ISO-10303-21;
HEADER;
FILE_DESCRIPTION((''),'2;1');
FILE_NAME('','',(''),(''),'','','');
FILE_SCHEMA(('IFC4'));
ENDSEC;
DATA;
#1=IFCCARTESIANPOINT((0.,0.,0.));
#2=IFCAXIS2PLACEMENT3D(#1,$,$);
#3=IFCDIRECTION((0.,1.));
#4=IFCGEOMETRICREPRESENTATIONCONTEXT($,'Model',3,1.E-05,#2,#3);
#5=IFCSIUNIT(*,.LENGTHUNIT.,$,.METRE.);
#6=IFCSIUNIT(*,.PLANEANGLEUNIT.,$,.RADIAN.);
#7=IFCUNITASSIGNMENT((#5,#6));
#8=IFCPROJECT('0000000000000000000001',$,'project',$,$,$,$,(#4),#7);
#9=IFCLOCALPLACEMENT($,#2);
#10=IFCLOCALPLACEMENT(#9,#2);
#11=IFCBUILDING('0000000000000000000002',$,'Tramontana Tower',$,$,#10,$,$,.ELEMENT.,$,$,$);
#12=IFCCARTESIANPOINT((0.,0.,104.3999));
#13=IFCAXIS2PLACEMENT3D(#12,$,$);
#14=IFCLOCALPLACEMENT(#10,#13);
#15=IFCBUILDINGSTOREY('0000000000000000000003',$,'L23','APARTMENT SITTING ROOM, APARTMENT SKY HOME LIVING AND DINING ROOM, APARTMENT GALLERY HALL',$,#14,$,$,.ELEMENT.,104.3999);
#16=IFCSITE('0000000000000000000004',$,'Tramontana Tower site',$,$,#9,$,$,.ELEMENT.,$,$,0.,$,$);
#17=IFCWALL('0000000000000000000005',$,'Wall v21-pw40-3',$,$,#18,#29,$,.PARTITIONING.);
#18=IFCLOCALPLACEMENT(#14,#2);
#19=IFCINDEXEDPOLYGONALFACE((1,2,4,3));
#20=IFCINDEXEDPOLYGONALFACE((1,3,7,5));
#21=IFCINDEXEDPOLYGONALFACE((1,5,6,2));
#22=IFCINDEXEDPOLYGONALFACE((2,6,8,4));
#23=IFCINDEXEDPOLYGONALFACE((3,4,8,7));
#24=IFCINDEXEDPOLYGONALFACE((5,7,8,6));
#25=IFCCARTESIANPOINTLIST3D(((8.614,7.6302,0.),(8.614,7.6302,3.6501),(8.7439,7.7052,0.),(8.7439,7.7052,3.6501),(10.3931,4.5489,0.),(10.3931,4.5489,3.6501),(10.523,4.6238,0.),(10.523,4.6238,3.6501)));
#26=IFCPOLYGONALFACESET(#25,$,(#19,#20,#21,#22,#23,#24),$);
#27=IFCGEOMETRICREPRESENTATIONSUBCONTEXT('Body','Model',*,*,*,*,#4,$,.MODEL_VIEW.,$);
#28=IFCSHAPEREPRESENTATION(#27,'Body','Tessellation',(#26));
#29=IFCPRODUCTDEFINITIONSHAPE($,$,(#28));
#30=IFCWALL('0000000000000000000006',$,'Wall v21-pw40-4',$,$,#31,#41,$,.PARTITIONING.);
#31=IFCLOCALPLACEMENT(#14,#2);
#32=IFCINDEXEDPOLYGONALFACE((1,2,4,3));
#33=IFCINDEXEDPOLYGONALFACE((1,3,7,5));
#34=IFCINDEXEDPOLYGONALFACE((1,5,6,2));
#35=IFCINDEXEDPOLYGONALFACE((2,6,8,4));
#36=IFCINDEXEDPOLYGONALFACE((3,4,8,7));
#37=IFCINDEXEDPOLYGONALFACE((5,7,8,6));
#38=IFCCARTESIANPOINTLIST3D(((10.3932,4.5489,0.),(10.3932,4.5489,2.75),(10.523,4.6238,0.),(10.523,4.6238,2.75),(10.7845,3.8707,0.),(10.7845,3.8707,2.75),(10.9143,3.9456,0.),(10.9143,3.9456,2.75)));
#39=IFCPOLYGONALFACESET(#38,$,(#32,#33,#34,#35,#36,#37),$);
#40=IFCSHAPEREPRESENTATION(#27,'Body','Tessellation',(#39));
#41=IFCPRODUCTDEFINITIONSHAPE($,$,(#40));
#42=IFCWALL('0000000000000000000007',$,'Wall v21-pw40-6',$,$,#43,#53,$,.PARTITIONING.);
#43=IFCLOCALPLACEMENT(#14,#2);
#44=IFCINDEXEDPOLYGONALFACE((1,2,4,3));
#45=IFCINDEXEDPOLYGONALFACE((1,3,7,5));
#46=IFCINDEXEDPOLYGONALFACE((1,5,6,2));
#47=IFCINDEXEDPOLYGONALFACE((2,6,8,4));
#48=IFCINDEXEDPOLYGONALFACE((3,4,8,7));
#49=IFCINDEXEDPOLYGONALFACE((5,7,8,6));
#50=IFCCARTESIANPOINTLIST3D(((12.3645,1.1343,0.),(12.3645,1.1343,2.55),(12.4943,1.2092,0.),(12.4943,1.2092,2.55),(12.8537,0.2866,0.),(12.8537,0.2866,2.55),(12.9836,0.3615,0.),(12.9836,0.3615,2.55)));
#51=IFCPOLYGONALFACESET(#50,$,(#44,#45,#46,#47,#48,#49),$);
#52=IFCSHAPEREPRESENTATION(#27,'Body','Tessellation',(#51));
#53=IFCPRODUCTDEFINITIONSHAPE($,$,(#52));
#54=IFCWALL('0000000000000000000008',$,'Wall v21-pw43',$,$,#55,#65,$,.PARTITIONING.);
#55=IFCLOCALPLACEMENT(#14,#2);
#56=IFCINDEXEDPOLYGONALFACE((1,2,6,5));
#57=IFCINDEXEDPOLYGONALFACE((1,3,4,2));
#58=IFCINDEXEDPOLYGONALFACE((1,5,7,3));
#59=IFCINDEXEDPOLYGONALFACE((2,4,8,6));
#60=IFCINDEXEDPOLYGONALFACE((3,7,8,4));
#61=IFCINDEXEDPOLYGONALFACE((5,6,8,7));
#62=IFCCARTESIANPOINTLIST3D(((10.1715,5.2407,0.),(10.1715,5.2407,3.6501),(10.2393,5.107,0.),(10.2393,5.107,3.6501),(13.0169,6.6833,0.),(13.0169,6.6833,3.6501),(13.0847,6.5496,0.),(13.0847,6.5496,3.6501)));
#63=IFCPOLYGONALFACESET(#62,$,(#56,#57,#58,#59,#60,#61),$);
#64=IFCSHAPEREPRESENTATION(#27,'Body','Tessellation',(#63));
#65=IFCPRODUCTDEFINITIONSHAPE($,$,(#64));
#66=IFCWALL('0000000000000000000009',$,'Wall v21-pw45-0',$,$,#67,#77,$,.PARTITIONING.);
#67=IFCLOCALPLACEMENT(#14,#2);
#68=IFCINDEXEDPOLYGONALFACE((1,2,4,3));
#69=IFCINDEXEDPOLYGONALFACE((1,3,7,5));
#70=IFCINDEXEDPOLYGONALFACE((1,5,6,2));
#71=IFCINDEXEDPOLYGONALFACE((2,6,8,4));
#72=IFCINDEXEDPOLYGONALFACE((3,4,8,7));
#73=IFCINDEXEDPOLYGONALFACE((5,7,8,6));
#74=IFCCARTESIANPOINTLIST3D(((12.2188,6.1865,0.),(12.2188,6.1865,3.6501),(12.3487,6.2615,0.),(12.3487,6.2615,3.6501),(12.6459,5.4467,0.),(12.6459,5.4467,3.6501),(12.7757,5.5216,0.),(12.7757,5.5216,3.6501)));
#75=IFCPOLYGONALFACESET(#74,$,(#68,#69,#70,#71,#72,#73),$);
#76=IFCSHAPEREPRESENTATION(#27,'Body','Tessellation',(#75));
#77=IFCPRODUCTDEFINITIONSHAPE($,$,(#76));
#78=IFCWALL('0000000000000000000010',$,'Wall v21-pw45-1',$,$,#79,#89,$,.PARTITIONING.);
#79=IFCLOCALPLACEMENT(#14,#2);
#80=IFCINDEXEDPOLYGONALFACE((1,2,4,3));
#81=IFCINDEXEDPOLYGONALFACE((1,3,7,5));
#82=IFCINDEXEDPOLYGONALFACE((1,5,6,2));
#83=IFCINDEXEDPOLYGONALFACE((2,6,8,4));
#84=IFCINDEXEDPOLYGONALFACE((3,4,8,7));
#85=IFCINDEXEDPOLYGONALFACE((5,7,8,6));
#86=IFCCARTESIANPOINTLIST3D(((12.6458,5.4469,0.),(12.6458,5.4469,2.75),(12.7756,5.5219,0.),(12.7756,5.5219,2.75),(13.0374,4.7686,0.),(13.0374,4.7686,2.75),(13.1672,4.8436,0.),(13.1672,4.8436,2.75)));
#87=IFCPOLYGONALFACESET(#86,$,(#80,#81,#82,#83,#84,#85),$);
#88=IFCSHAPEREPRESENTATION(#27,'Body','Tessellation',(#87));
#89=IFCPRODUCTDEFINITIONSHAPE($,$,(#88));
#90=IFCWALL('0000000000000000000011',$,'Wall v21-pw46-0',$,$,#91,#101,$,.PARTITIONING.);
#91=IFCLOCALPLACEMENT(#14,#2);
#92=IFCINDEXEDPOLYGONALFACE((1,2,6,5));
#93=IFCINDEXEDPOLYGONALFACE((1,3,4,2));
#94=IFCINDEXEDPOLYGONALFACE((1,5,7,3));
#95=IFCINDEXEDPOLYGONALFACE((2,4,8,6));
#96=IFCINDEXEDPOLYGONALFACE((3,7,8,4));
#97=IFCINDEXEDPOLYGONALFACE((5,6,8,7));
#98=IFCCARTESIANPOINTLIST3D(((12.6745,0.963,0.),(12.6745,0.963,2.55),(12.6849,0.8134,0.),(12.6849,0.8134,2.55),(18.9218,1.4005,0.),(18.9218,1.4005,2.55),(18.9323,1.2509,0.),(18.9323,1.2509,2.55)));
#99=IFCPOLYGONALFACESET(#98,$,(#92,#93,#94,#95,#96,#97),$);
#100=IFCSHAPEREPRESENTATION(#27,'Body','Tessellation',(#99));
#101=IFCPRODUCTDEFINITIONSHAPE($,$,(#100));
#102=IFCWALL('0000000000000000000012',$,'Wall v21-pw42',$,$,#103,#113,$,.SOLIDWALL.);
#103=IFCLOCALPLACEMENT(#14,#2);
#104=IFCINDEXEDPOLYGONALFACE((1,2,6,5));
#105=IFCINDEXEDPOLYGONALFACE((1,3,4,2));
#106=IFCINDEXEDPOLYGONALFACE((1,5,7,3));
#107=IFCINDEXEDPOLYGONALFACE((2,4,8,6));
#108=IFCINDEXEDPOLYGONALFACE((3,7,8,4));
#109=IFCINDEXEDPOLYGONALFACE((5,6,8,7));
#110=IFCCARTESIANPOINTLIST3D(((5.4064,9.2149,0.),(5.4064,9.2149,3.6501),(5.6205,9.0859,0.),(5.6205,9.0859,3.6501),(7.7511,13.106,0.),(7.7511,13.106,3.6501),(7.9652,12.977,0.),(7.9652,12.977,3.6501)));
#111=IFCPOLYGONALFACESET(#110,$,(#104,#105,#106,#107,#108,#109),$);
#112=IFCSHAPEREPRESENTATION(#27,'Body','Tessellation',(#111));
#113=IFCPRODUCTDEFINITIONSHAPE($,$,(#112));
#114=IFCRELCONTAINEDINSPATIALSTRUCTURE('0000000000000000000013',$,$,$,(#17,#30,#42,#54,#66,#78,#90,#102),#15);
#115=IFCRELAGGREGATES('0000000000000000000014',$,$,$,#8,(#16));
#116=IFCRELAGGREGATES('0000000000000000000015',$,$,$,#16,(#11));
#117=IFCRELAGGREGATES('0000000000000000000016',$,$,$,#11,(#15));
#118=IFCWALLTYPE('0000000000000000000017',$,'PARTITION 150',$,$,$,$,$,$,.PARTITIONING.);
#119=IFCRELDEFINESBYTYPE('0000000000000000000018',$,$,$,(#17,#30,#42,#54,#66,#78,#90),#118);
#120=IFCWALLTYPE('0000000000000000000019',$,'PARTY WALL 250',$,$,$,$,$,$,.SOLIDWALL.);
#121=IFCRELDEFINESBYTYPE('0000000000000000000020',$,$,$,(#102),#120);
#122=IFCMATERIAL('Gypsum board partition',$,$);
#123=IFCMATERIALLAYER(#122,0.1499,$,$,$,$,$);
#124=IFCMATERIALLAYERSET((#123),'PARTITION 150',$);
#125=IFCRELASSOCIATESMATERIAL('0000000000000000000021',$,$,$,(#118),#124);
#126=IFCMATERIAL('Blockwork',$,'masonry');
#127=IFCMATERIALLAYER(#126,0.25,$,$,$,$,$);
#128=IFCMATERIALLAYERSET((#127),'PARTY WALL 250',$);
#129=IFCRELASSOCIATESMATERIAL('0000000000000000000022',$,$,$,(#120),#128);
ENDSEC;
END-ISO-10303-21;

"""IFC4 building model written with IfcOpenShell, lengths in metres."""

from ifc_helpers import new_model, si_unit, direction, frame, frame_2d, origin, place, context, subcontext, project, spatial, rectangle, extrude, material, layer, layer_set, type_object, element, save


model = new_model("IFC4")

# Units and contexts
model_context = context("Model", 3, precision=1e-05, world=origin(), true_north=direction((0.0, 1.0)))
body_context = subcontext(model_context, "Body", "Model", "MODEL_VIEW")
ifc_project = project(units=[si_unit("LENGTHUNIT", "METRE"), si_unit("PLANEANGLEUNIT", "RADIAN")], contexts=[model_context])

# Site, building, storey
site_placement = place(None, origin())
site = spatial("IfcSite", under=ifc_project, at=site_placement, Name="Tramontana Tower site", CompositionType="ELEMENT", RefElevation=0.0)
building_placement = place(site_placement, origin())
building = spatial("IfcBuilding", under=site, at=building_placement, Name="Tramontana Tower", CompositionType="ELEMENT")
storey_placement = place(building_placement, frame((0.0, 0.0, 104.3999)))
storey = spatial("IfcBuildingStorey", under=building, at=storey_placement, Name="L23", Description="APARTMENT SITTING ROOM, APARTMENT SKY HOME LIVING AND DINING ROOM, APARTMENT GALLERY HALL", CompositionType="ELEMENT", Elevation=104.3999)

# Shared definitions
ifc_material_1 = material(Name="Gypsum board partition")
ifc_layer_1 = layer(ifc_material_1, 0.1499)
ifc_layer_set_1 = layer_set([ifc_layer_1], Name="PARTITION 150")
wall_type_1 = type_object("IfcWallType", Name="PARTITION 150", PredefinedType="PARTITIONING", material=ifc_layer_set_1)

# Walls
wall_1_placement = place(storey_placement, frame((8.679, 7.6677, 0.0), z_axis=(0.0, 0.0, 1.0), x_axis=(0.500013, -0.866018, 0.0)))
element("IfcWall", 1, at=wall_1_placement, inside=storey, type_object=wall_type_1, Name="Wall v21-pw40-3", PredefinedType="PARTITIONING", context=body_context, shape_type="SweptSolid", body=[
    extrude(rectangle(XDim=3.5581, YDim=0.1499, at=frame_2d((1.7791, 0.0))), origin(), (0.0, 0.0, 1.0), 3.6501),
])
wall_2_placement = place(storey_placement, frame((10.458, 4.5864, 0.0), z_axis=(0.0, 0.0, 1.0), x_axis=(0.499794, -0.866144, 0.0)))
element("IfcWall", 2, at=wall_2_placement, inside=storey, type_object=wall_type_1, Name="Wall v21-pw40-4", PredefinedType="PARTITIONING", context=body_context, shape_type="SweptSolid", body=[
    extrude(rectangle(XDim=0.783, YDim=0.1499, at=frame_2d((0.3916, 0.0))), origin(), (0.0, 0.0, 1.0), 2.75),
])

# Walls
wall_3_placement = place(storey_placement, frame((12.4294, 1.1716, 0.0), z_axis=(0.0, 0.0, 1.0), x_axis=(0.499895, -0.866086, 0.0)))
element("IfcWall", 3, at=wall_3_placement, inside=storey, type_object=wall_type_1, Name="Wall v21-pw40-6", PredefinedType="PARTITIONING", context=body_context, shape_type="SweptSolid", body=[
    extrude(rectangle(XDim=0.9788, YDim=0.1499, at=frame_2d((0.4893, 0.0))), origin(), (0.0, 0.0, 1.0), 2.55),
])
wall_4_placement = place(storey_placement, frame((10.2053, 5.1738, 0.0), z_axis=(0.0, 0.0, 1.0), x_axis=(0.891919, 0.452196, 0.0)))
element("IfcWall", 4, at=wall_4_placement, inside=storey, type_object=wall_type_1, Name="Wall v21-pw43", PredefinedType="PARTITIONING", context=body_context, shape_type="SweptSolid", body=[
    extrude(rectangle(XDim=3.1902, YDim=0.1499, at=frame_2d((1.5952, 0.0))), origin(), (0.0, 0.0, 1.0), 3.6501),
])
wall_5_placement = place(storey_placement, frame((12.2837, 6.2241, 0.0), z_axis=(0.0, 0.0, 1.0), x_axis=(0.49992, -0.866071, 0.0)))
element("IfcWall", 5, at=wall_5_placement, inside=storey, type_object=wall_type_1, Name="Wall v21-pw45-0", PredefinedType="PARTITIONING", context=body_context, shape_type="SweptSolid", body=[
    extrude(rectangle(XDim=0.8542, YDim=0.1499, at=frame_2d((0.4272, 0.0))), origin(), (0.0, 0.0, 1.0), 3.6501),
])
wall_6_placement = place(storey_placement, frame((12.7107, 5.4844, 0.0), z_axis=(0.0, 0.0, 1.0), x_axis=(0.500028, -0.866009, 0.0)))
element("IfcWall", 6, at=wall_6_placement, inside=storey, type_object=wall_type_1, Name="Wall v21-pw45-1", PredefinedType="PARTITIONING", context=body_context, shape_type="SweptSolid", body=[
    extrude(rectangle(XDim=0.7832, YDim=0.1499, at=frame_2d((0.3916, 0.0))), origin(), (0.0, 0.0, 1.0), 2.75),
])
wall_7_placement = place(storey_placement, frame((12.6797, 0.8882, 0.0), z_axis=(0.0, 0.0, 1.0), x_axis=(0.997557, 0.069859, 0.0)))
element("IfcWall", 7, at=wall_7_placement, inside=storey, type_object=wall_type_1, Name="Wall v21-pw46-0", PredefinedType="PARTITIONING", context=body_context, shape_type="SweptSolid", body=[
    extrude(rectangle(XDim=6.2627, YDim=0.1499, at=frame_2d((3.1313, 0.0))), origin(), (0.0, 0.0, 1.0), 2.55),
])

# Wall
ifc_material_2 = material(Name="Blockwork", Category="masonry")
ifc_layer_2 = layer(ifc_material_2, 0.25)
ifc_layer_set_2 = layer_set([ifc_layer_2], Name="PARTY WALL 250")
wall_type_2 = type_object("IfcWallType", Name="PARTY WALL 250", PredefinedType="SOLIDWALL", material=ifc_layer_set_2)
wall_8_placement = place(storey_placement, frame((7.8582, 13.0415, 0.0), z_axis=(0.0, 0.0, 1.0), x_axis=(-0.516123, -0.856515, 0.0)))
element("IfcWall", 8, at=wall_8_placement, inside=storey, type_object=wall_type_2, Name="Wall v21-pw42", PredefinedType="SOLIDWALL", context=body_context, shape_type="SweptSolid", body=[
    extrude(rectangle(XDim=4.543, YDim=0.25, at=frame_2d((2.2715, 0.0))), origin(), (0.0, 0.0, 1.0), 3.6501),
])

save(model, "model.ifc")
